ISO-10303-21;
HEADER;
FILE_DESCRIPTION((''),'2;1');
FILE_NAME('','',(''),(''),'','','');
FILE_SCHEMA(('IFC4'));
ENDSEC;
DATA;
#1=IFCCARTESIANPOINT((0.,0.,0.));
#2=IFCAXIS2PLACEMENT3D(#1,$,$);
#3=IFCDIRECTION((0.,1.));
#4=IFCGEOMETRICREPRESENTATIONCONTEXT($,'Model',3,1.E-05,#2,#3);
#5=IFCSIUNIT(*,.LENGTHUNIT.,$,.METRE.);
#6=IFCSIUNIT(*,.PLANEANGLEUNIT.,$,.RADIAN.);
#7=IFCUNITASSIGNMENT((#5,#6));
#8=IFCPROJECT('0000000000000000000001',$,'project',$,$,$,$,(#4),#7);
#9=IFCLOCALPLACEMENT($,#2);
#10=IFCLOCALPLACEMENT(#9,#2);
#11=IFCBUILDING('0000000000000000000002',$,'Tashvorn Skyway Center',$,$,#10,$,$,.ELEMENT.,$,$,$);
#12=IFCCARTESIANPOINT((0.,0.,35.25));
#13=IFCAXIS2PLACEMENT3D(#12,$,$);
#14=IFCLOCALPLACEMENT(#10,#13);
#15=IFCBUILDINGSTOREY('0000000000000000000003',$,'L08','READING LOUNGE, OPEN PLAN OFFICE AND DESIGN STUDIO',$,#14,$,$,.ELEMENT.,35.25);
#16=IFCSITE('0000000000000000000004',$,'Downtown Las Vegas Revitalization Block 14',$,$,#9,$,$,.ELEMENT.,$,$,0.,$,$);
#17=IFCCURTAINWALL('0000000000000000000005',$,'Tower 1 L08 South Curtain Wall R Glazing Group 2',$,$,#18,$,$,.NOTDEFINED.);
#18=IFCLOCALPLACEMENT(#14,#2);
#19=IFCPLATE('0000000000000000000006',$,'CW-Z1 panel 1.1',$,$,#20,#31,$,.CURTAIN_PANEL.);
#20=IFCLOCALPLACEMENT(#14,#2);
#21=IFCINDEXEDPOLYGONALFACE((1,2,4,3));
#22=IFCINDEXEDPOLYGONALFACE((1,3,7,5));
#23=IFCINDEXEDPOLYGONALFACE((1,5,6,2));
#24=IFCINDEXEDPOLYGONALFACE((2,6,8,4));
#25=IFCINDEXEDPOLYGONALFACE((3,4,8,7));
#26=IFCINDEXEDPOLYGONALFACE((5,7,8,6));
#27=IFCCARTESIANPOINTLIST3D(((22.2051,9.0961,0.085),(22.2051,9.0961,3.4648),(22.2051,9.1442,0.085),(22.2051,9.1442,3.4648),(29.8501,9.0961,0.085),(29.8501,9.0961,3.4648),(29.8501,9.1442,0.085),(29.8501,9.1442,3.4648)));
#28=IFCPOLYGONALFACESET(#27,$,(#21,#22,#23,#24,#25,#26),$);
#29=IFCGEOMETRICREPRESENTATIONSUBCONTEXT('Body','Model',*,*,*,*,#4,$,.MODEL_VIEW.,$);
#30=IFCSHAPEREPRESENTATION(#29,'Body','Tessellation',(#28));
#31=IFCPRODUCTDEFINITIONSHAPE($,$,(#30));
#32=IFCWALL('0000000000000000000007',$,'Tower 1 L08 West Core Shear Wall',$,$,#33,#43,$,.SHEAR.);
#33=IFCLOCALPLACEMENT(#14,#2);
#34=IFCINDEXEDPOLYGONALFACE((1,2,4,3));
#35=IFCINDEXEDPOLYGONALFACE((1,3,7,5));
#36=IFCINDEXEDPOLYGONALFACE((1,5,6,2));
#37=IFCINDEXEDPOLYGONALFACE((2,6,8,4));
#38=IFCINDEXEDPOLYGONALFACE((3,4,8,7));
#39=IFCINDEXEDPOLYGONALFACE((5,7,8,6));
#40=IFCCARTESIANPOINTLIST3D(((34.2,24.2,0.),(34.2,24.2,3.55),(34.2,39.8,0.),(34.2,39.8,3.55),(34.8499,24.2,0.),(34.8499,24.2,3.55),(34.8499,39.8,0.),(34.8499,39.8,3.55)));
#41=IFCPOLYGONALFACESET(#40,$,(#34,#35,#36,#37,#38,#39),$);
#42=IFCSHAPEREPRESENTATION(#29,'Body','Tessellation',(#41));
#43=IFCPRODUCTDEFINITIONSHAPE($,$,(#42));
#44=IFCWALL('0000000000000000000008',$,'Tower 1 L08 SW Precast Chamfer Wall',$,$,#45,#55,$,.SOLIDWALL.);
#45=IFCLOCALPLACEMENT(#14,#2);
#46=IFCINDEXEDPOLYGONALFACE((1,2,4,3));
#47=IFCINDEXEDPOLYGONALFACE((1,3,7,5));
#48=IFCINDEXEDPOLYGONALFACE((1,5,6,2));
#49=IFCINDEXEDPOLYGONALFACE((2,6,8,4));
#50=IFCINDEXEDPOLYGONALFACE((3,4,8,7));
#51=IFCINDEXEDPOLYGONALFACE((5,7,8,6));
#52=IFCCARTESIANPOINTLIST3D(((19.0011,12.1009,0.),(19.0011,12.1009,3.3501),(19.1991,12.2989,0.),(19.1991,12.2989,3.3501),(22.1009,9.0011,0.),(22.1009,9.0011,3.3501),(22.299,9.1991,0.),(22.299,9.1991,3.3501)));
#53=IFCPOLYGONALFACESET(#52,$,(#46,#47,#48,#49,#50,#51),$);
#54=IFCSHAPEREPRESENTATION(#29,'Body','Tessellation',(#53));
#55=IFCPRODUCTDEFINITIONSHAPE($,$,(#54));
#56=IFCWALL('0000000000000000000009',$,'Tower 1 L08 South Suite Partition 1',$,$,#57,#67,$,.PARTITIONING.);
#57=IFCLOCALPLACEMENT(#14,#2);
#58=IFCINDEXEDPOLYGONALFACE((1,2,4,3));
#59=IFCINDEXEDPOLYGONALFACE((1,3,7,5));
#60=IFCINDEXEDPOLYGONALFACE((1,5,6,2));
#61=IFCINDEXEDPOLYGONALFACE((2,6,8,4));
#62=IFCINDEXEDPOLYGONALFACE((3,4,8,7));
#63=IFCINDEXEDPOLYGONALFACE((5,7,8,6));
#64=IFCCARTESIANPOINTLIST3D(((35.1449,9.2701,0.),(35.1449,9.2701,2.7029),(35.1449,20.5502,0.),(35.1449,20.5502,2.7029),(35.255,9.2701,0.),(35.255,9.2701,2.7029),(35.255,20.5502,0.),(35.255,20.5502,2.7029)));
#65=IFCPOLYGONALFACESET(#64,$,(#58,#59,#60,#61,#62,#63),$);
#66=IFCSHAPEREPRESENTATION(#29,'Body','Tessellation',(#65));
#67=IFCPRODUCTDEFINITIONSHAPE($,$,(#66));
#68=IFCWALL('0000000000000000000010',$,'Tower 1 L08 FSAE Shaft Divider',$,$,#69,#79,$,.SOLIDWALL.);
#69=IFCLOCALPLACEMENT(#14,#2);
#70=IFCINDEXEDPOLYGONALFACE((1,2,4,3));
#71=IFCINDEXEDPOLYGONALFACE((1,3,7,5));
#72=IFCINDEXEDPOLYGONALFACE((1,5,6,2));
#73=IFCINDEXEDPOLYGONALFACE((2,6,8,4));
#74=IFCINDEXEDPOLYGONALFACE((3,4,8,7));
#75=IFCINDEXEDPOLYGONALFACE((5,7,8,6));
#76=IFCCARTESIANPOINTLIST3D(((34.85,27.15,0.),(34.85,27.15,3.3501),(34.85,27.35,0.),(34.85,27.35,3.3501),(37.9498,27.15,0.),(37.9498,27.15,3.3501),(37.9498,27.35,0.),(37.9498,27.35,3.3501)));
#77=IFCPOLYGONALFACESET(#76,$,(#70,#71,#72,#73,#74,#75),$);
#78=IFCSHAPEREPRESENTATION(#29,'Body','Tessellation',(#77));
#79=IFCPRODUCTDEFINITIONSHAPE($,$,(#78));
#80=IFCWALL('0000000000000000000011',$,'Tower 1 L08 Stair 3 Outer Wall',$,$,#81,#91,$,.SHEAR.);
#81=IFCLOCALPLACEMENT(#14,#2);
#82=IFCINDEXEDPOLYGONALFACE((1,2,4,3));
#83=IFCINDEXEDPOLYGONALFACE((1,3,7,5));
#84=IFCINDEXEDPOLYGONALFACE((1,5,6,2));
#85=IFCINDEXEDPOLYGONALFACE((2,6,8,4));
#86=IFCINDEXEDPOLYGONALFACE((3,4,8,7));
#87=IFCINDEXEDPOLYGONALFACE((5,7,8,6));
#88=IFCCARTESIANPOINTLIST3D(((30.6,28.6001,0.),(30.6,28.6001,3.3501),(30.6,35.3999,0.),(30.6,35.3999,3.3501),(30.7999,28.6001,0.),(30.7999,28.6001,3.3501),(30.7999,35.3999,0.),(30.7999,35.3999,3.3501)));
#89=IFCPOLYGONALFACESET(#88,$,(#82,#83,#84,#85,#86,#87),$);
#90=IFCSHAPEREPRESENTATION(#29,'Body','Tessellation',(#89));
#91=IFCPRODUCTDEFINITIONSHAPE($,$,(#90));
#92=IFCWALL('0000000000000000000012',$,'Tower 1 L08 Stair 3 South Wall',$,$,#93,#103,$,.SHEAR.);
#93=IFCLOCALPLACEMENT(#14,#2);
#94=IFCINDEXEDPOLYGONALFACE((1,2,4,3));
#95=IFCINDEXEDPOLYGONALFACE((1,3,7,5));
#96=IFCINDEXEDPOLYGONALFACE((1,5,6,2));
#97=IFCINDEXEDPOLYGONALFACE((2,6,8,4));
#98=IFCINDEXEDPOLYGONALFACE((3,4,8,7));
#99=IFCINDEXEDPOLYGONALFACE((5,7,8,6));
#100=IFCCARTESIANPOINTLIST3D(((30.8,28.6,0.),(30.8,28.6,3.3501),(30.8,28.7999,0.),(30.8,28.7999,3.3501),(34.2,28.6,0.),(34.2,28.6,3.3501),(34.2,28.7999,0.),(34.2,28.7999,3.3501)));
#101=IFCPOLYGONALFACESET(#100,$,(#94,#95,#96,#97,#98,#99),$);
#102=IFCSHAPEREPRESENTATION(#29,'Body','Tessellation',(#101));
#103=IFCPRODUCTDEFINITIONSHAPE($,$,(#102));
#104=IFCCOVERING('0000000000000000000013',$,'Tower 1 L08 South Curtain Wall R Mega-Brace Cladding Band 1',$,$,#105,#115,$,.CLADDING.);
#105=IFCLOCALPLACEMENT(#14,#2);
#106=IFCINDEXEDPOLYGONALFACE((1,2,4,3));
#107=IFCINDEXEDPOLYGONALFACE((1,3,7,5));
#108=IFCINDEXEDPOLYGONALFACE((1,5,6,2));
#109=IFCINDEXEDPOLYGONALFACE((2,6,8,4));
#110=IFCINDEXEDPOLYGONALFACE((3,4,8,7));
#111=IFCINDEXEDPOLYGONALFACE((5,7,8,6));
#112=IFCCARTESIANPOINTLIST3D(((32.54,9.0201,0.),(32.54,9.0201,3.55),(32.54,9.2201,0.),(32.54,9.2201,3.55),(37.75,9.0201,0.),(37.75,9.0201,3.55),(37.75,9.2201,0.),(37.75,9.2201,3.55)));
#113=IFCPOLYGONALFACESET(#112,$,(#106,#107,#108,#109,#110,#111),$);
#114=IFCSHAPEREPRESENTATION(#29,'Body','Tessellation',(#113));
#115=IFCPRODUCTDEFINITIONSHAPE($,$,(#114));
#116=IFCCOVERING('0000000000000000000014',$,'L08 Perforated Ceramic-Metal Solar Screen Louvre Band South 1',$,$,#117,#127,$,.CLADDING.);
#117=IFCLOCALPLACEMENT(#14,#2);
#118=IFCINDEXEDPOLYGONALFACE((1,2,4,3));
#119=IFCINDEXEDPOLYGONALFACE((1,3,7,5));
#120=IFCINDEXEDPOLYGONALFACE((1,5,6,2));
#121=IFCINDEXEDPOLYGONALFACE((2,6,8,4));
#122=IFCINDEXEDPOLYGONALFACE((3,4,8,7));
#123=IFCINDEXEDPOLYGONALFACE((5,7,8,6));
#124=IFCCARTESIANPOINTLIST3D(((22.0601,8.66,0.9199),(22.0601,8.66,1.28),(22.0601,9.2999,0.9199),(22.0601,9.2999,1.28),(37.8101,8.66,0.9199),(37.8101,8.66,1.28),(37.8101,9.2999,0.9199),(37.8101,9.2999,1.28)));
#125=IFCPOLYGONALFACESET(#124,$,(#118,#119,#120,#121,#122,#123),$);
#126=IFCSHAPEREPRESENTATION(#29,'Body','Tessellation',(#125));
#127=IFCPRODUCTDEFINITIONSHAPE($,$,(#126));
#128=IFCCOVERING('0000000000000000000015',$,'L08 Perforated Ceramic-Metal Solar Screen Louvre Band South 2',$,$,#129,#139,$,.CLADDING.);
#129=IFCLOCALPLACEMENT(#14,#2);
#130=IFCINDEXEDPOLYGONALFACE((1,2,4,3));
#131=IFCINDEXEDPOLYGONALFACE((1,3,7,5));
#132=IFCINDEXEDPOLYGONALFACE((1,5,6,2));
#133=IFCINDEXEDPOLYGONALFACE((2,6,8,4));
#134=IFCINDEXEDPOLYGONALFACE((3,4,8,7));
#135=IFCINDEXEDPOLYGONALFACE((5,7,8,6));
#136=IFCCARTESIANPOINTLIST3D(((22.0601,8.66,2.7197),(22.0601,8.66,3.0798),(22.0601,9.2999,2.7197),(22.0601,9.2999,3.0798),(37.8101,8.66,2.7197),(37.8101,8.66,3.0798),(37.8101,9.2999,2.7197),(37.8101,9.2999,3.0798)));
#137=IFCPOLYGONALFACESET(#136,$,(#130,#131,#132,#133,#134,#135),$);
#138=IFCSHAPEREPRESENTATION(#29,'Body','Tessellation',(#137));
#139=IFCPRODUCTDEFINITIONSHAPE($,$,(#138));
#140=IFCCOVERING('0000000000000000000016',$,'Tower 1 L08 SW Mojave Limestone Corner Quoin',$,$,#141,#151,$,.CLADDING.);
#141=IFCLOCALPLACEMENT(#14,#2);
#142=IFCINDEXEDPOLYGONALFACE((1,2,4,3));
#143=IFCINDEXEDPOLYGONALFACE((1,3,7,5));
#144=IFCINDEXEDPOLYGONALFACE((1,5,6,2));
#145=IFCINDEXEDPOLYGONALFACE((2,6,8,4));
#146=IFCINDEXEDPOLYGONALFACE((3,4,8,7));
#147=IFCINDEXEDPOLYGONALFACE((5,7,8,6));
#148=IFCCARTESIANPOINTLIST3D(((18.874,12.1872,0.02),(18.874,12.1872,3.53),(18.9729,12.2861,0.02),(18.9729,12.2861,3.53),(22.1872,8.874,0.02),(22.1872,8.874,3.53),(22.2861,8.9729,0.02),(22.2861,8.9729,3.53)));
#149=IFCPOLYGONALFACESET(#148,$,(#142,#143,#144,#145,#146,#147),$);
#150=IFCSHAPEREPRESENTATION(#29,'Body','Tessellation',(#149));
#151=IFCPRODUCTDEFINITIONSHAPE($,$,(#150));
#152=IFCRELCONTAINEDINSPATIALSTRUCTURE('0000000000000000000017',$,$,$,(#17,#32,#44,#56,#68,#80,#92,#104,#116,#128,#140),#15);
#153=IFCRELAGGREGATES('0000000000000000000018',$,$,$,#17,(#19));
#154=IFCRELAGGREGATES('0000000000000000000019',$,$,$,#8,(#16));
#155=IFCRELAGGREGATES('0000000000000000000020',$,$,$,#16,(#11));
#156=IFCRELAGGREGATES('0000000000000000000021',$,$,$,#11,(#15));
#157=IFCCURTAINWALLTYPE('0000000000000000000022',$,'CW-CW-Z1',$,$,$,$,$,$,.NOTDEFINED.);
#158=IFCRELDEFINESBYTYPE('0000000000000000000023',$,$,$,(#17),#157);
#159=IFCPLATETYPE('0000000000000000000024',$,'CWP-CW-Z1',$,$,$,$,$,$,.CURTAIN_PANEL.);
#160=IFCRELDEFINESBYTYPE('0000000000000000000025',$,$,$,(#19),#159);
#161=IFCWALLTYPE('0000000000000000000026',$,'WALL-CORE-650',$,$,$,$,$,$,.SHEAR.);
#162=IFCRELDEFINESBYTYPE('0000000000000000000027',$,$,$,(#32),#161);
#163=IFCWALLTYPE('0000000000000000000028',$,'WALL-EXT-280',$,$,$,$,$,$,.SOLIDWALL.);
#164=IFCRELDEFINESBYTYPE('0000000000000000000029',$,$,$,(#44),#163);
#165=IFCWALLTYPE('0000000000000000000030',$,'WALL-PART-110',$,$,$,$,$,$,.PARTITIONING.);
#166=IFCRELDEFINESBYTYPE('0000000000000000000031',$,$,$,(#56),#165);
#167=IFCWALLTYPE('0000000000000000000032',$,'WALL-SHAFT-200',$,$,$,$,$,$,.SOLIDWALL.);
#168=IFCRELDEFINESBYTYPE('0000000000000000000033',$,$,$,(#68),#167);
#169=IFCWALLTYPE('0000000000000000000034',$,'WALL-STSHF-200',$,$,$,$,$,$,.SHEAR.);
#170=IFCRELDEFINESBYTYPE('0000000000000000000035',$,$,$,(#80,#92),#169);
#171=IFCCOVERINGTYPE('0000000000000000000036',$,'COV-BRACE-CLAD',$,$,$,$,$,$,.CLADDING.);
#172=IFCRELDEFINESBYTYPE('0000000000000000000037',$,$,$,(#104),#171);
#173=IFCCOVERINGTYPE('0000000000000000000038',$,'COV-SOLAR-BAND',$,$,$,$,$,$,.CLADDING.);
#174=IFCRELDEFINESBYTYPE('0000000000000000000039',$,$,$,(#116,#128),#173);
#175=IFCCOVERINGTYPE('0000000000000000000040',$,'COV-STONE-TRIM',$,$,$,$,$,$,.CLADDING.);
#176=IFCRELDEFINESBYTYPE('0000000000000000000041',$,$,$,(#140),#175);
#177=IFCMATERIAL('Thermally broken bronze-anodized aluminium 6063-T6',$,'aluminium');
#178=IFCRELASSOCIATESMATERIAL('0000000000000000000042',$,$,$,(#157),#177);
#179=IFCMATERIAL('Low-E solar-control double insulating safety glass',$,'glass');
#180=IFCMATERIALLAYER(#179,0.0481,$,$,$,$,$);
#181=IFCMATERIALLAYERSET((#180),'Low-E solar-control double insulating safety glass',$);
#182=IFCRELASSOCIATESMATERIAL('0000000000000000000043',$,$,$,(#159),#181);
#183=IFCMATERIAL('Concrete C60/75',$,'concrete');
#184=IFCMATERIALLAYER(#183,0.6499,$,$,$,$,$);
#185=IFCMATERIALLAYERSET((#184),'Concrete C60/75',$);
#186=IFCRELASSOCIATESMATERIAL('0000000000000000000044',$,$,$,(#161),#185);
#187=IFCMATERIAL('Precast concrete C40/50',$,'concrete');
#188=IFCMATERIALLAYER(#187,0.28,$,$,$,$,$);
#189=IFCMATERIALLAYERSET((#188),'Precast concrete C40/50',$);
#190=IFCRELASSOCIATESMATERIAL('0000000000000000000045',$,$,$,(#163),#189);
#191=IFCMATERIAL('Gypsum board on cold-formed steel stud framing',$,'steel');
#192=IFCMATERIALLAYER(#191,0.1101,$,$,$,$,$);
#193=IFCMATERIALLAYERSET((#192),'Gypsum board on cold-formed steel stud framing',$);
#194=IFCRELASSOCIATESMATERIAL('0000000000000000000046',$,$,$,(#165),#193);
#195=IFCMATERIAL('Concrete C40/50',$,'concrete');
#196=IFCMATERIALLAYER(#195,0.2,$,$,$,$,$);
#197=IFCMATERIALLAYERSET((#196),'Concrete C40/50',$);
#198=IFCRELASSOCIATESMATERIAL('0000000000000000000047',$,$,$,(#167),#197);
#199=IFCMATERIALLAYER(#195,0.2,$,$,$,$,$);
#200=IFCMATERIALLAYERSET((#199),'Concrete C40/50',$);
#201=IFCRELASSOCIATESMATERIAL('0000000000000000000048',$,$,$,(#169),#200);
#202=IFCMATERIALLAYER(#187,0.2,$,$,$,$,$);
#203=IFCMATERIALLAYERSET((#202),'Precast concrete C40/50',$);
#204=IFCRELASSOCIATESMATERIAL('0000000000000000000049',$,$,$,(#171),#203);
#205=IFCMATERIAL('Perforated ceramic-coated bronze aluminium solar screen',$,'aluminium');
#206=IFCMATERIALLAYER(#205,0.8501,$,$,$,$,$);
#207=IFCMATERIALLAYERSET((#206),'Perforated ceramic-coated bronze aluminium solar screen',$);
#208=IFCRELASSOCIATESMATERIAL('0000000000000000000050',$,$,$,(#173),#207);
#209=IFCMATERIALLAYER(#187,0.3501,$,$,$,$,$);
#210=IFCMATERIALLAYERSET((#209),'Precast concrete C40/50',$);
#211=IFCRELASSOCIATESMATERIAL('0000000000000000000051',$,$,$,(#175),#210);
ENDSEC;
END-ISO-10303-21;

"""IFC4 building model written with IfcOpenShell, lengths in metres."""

from ifc_helpers import new_model, si_unit, direction, frame, frame_2d, origin, origin_2d, place, context, subcontext, project, spatial, rectangle, extrude, material, layer, layer_set, type_object, element, aggregate, save


model = new_model("IFC4")

# Units and contexts
model_context = context("Model", 3, precision=1e-05, world=origin(), true_north=direction((0.0, 1.0)))
body_context = subcontext(model_context, "Body", "Model", "MODEL_VIEW")
ifc_project = project(units=[si_unit("LENGTHUNIT", "METRE"), si_unit("PLANEANGLEUNIT", "RADIAN")], contexts=[model_context])

# Site, building, storey
site_placement = place(None, origin())
site = spatial("IfcSite", under=ifc_project, at=site_placement, Name="Downtown Las Vegas Revitalization Block 14", CompositionType="ELEMENT", RefElevation=0.0)
building_placement = place(site_placement, origin())
building = spatial("IfcBuilding", under=site, at=building_placement, Name="Tashvorn Skyway Center", CompositionType="ELEMENT")
storey_placement = place(building_placement, frame((0.0, 0.0, 35.25)))
storey = spatial("IfcBuildingStorey", under=building, at=storey_placement, Name="L08", Description="READING LOUNGE, OPEN PLAN OFFICE AND DESIGN STUDIO", CompositionType="ELEMENT", Elevation=35.25)

# Curtain wall
ifc_material_1 = material(Name="Thermally broken bronze-anodized aluminium 6063-T6", Category="aluminium")
curtain_wall_type = type_object("IfcCurtainWallType", Name="CW-CW-Z1", PredefinedType="NOTDEFINED", material=ifc_material_1)
curtain_wall_1_placement = place(storey_placement, origin())
curtain_wall_1 = element("IfcCurtainWall", 1, at=curtain_wall_1_placement, inside=storey, type_object=curtain_wall_type, Name="Tower 1 L08 South Curtain Wall R Glazing Group 2", PredefinedType="NOTDEFINED")

# Plate
ifc_material_2 = material(Name="Low-E solar-control double insulating safety glass", Category="glass")
ifc_layer_1 = layer(ifc_material_2, 0.0481)
ifc_layer_set_1 = layer_set([ifc_layer_1], Name="Low-E solar-control double insulating safety glass")
plate_type = type_object("IfcPlateType", Name="CWP-CW-Z1", PredefinedType="CURTAIN_PANEL", material=ifc_layer_set_1)
plate_1_placement = place(storey_placement, frame((26.0276, 9.1201, 0.085), z_axis=(0.0, 0.0, 1.0), x_axis=(-1.0, 0.0, 0.0)))
plate_1 = element("IfcPlate", 2, at=plate_1_placement, type_object=plate_type, Name="CW-Z1 panel 1.1", PredefinedType="CURTAIN_PANEL", context=body_context, shape_type="SweptSolid", body=[
    extrude(rectangle(XDim=7.645, YDim=0.0481, at=origin_2d()), origin(), (0.0, 0.0, 1.0), 3.3799),
])
aggregate(curtain_wall_1, [plate_1])

# Walls
ifc_material_3 = material(Name="Concrete C60/75", Category="concrete")
ifc_layer_2 = layer(ifc_material_3, 0.6499)
ifc_layer_set_2 = layer_set([ifc_layer_2], Name="Concrete C60/75")
wall_type_1 = type_object("IfcWallType", Name="WALL-CORE-650", PredefinedType="SHEAR", material=ifc_layer_set_2)
wall_1_placement = place(storey_placement, frame((34.5249, 24.2, 0.0), z_axis=(0.0, 0.0, 1.0), x_axis=(0.0, 1.0, 0.0)))
element("IfcWall", 3, at=wall_1_placement, inside=storey, type_object=wall_type_1, Name="Tower 1 L08 West Core Shear Wall", PredefinedType="SHEAR", context=body_context, shape_type="SweptSolid", body=[
    extrude(rectangle(XDim=15.6001, YDim=0.6499, at=frame_2d((7.8, 0.0))), origin(), (0.0, 0.0, 1.0), 3.55),
])
ifc_material_4 = material(Name="Precast concrete C40/50", Category="concrete")
ifc_layer_3 = layer(ifc_material_4, 0.28)
ifc_layer_set_3 = layer_set([ifc_layer_3], Name="Precast concrete C40/50")
wall_type_2 = type_object("IfcWallType", Name="WALL-EXT-280", PredefinedType="SOLIDWALL", material=ifc_layer_set_3)
wall_2_placement = place(storey_placement, frame((22.2, 9.1001, 0.0), z_axis=(0.0, 0.0, 1.0), x_axis=(-0.707107, 0.707107, 0.0)))
element("IfcWall", 4, at=wall_2_placement, inside=storey, type_object=wall_type_2, Name="Tower 1 L08 SW Precast Chamfer Wall", PredefinedType="SOLIDWALL", context=body_context, shape_type="SweptSolid", body=[
    extrude(rectangle(XDim=4.3838, YDim=0.28, at=frame_2d((2.1919, 0.0))), origin(), (0.0, 0.0, 1.0), 3.3501),
])
ifc_material_5 = material(Name="Gypsum board on cold-formed steel stud framing", Category="steel")
ifc_layer_4 = layer(ifc_material_5, 0.1101)
ifc_layer_set_4 = layer_set([ifc_layer_4], Name="Gypsum board on cold-formed steel stud framing")
wall_type_3 = type_object("IfcWallType", Name="WALL-PART-110", PredefinedType="PARTITIONING", material=ifc_layer_set_4)
wall_3_placement = place(storey_placement, frame((35.2, 9.27, 0.0), z_axis=(0.0, 0.0, 1.0), x_axis=(0.0, 1.0, 0.0)))
element("IfcWall", 5, at=wall_3_placement, inside=storey, type_object=wall_type_3, Name="Tower 1 L08 South Suite Partition 1", PredefinedType="PARTITIONING", context=body_context, shape_type="SweptSolid", body=[
    extrude(rectangle(XDim=11.28, YDim=0.1101, at=frame_2d((5.6401, 0.0))), origin(), (0.0, 0.0, 1.0), 2.7029),
])
ifc_material_6 = material(Name="Concrete C40/50", Category="concrete")
ifc_layer_5 = layer(ifc_material_6, 0.2)
ifc_layer_set_5 = layer_set([ifc_layer_5], Name="Concrete C40/50")
wall_type_4 = type_object("IfcWallType", Name="WALL-SHAFT-200", PredefinedType="SOLIDWALL", material=ifc_layer_set_5)
wall_4_placement = place(storey_placement, frame((34.8501, 27.25, 0.0), z_axis=(0.0, 0.0, 1.0), x_axis=(1.0, 0.0, 0.0)))
element("IfcWall", 6, at=wall_4_placement, inside=storey, type_object=wall_type_4, Name="Tower 1 L08 FSAE Shaft Divider", PredefinedType="SOLIDWALL", context=body_context, shape_type="SweptSolid", body=[
    extrude(rectangle(XDim=3.0999, YDim=0.2, at=frame_2d((1.5498, 0.0))), origin(), (0.0, 0.0, 1.0), 3.3501),
])
ifc_layer_6 = layer(ifc_material_6, 0.2)
ifc_layer_set_6 = layer_set([ifc_layer_6], Name="Concrete C40/50")
wall_type_5 = type_object("IfcWallType", Name="WALL-STSHF-200", PredefinedType="SHEAR", material=ifc_layer_set_6)
wall_5_placement = place(storey_placement, frame((30.7, 28.6001, 0.0), z_axis=(0.0, 0.0, 1.0), x_axis=(0.0, 1.0, 0.0)))
element("IfcWall", 7, at=wall_5_placement, inside=storey, type_object=wall_type_5, Name="Tower 1 L08 Stair 3 Outer Wall", PredefinedType="SHEAR", context=body_context, shape_type="SweptSolid", body=[
    extrude(rectangle(XDim=6.7998, YDim=0.2, at=frame_2d((3.3999, 0.0))), origin(), (0.0, 0.0, 1.0), 3.3501),
])
wall_6_placement = place(storey_placement, frame((30.8, 28.7, 0.0), z_axis=(0.0, 0.0, 1.0), x_axis=(1.0, 0.0, 0.0)))
element("IfcWall", 8, at=wall_6_placement, inside=storey, type_object=wall_type_5, Name="Tower 1 L08 Stair 3 South Wall", PredefinedType="SHEAR", context=body_context, shape_type="SweptSolid", body=[
    extrude(rectangle(XDim=3.3999, YDim=0.2, at=frame_2d((1.7, 0.0))), origin(), (0.0, 0.0, 1.0), 3.3501),
])

# Coverings
ifc_layer_7 = layer(ifc_material_4, 0.2)
ifc_layer_set_7 = layer_set([ifc_layer_7], Name="Precast concrete C40/50")
covering_type_1 = type_object("IfcCoveringType", Name="COV-BRACE-CLAD", PredefinedType="CLADDING", material=ifc_layer_set_7)
covering_1_placement = place(storey_placement, frame((35.145, 9.1201, 0.0), z_axis=(0.0, 0.0, 1.0), x_axis=(-1.0, 0.0, 0.0)))
element("IfcCovering", 9, at=covering_1_placement, inside=storey, type_object=covering_type_1, Name="Tower 1 L08 South Curtain Wall R Mega-Brace Cladding Band 1", PredefinedType="CLADDING", context=body_context, shape_type="SweptSolid", body=[
    extrude(rectangle(XDim=5.21, YDim=0.2, at=origin_2d()), origin(), (0.0, 0.0, 1.0), 3.55),
])
ifc_material_7 = material(Name="Perforated ceramic-coated bronze aluminium solar screen", Category="aluminium")
ifc_layer_8 = layer(ifc_material_7, 0.8501)
ifc_layer_set_8 = layer_set([ifc_layer_8], Name="Perforated ceramic-coated bronze aluminium solar screen")
covering_type_2 = type_object("IfcCoveringType", Name="COV-SOLAR-BAND", PredefinedType="CLADDING", material=ifc_layer_set_8)
for number, where, z_axis, x_axis, name in (
    (10, (29.9351, 8.98, 0.9199), (0.0, 0.0, 1.0), (-1.0, 0.0, 0.0), "L08 Perforated Ceramic-Metal Solar Screen Louvre Band South 1"),
    (11, (29.9351, 8.98, 2.7197), (0.0, 0.0, 1.0), (-1.0, 0.0, 0.0), "L08 Perforated Ceramic-Metal Solar Screen Louvre Band South 2"),
):
    element("IfcCovering", number, at=place(storey_placement, frame(where, z_axis=z_axis, x_axis=x_axis)), inside=storey, type_object=covering_type_2, Name=name, PredefinedType="CLADDING", context=body_context, shape_type="SweptSolid", body=[
        extrude(rectangle(XDim=15.75, YDim=0.6399, at=origin_2d()), origin(), (0.0, 0.0, 1.0), 0.3601),
    ])
ifc_layer_9 = layer(ifc_material_4, 0.3501)
ifc_layer_set_9 = layer_set([ifc_layer_9], Name="Precast concrete C40/50")
covering_type_3 = type_object("IfcCoveringType", Name="COV-STONE-TRIM", PredefinedType="CLADDING", material=ifc_layer_set_9)
covering_2_placement = place(storey_placement, frame((20.5801, 10.5801, 0.02), z_axis=(0.0, 0.0, 1.0), x_axis=(-0.707107, 0.707107, 0.0)))
element("IfcCovering", 12, at=covering_2_placement, inside=storey, type_object=covering_type_3, Name="Tower 1 L08 SW Mojave Limestone Corner Quoin", PredefinedType="CLADDING", context=body_context, shape_type="SweptSolid", body=[
    extrude(rectangle(XDim=4.6855, YDim=0.1399, at=origin_2d()), origin(), (0.0, 0.0, 1.0), 3.51),
])

save(model, "model.ifc")
